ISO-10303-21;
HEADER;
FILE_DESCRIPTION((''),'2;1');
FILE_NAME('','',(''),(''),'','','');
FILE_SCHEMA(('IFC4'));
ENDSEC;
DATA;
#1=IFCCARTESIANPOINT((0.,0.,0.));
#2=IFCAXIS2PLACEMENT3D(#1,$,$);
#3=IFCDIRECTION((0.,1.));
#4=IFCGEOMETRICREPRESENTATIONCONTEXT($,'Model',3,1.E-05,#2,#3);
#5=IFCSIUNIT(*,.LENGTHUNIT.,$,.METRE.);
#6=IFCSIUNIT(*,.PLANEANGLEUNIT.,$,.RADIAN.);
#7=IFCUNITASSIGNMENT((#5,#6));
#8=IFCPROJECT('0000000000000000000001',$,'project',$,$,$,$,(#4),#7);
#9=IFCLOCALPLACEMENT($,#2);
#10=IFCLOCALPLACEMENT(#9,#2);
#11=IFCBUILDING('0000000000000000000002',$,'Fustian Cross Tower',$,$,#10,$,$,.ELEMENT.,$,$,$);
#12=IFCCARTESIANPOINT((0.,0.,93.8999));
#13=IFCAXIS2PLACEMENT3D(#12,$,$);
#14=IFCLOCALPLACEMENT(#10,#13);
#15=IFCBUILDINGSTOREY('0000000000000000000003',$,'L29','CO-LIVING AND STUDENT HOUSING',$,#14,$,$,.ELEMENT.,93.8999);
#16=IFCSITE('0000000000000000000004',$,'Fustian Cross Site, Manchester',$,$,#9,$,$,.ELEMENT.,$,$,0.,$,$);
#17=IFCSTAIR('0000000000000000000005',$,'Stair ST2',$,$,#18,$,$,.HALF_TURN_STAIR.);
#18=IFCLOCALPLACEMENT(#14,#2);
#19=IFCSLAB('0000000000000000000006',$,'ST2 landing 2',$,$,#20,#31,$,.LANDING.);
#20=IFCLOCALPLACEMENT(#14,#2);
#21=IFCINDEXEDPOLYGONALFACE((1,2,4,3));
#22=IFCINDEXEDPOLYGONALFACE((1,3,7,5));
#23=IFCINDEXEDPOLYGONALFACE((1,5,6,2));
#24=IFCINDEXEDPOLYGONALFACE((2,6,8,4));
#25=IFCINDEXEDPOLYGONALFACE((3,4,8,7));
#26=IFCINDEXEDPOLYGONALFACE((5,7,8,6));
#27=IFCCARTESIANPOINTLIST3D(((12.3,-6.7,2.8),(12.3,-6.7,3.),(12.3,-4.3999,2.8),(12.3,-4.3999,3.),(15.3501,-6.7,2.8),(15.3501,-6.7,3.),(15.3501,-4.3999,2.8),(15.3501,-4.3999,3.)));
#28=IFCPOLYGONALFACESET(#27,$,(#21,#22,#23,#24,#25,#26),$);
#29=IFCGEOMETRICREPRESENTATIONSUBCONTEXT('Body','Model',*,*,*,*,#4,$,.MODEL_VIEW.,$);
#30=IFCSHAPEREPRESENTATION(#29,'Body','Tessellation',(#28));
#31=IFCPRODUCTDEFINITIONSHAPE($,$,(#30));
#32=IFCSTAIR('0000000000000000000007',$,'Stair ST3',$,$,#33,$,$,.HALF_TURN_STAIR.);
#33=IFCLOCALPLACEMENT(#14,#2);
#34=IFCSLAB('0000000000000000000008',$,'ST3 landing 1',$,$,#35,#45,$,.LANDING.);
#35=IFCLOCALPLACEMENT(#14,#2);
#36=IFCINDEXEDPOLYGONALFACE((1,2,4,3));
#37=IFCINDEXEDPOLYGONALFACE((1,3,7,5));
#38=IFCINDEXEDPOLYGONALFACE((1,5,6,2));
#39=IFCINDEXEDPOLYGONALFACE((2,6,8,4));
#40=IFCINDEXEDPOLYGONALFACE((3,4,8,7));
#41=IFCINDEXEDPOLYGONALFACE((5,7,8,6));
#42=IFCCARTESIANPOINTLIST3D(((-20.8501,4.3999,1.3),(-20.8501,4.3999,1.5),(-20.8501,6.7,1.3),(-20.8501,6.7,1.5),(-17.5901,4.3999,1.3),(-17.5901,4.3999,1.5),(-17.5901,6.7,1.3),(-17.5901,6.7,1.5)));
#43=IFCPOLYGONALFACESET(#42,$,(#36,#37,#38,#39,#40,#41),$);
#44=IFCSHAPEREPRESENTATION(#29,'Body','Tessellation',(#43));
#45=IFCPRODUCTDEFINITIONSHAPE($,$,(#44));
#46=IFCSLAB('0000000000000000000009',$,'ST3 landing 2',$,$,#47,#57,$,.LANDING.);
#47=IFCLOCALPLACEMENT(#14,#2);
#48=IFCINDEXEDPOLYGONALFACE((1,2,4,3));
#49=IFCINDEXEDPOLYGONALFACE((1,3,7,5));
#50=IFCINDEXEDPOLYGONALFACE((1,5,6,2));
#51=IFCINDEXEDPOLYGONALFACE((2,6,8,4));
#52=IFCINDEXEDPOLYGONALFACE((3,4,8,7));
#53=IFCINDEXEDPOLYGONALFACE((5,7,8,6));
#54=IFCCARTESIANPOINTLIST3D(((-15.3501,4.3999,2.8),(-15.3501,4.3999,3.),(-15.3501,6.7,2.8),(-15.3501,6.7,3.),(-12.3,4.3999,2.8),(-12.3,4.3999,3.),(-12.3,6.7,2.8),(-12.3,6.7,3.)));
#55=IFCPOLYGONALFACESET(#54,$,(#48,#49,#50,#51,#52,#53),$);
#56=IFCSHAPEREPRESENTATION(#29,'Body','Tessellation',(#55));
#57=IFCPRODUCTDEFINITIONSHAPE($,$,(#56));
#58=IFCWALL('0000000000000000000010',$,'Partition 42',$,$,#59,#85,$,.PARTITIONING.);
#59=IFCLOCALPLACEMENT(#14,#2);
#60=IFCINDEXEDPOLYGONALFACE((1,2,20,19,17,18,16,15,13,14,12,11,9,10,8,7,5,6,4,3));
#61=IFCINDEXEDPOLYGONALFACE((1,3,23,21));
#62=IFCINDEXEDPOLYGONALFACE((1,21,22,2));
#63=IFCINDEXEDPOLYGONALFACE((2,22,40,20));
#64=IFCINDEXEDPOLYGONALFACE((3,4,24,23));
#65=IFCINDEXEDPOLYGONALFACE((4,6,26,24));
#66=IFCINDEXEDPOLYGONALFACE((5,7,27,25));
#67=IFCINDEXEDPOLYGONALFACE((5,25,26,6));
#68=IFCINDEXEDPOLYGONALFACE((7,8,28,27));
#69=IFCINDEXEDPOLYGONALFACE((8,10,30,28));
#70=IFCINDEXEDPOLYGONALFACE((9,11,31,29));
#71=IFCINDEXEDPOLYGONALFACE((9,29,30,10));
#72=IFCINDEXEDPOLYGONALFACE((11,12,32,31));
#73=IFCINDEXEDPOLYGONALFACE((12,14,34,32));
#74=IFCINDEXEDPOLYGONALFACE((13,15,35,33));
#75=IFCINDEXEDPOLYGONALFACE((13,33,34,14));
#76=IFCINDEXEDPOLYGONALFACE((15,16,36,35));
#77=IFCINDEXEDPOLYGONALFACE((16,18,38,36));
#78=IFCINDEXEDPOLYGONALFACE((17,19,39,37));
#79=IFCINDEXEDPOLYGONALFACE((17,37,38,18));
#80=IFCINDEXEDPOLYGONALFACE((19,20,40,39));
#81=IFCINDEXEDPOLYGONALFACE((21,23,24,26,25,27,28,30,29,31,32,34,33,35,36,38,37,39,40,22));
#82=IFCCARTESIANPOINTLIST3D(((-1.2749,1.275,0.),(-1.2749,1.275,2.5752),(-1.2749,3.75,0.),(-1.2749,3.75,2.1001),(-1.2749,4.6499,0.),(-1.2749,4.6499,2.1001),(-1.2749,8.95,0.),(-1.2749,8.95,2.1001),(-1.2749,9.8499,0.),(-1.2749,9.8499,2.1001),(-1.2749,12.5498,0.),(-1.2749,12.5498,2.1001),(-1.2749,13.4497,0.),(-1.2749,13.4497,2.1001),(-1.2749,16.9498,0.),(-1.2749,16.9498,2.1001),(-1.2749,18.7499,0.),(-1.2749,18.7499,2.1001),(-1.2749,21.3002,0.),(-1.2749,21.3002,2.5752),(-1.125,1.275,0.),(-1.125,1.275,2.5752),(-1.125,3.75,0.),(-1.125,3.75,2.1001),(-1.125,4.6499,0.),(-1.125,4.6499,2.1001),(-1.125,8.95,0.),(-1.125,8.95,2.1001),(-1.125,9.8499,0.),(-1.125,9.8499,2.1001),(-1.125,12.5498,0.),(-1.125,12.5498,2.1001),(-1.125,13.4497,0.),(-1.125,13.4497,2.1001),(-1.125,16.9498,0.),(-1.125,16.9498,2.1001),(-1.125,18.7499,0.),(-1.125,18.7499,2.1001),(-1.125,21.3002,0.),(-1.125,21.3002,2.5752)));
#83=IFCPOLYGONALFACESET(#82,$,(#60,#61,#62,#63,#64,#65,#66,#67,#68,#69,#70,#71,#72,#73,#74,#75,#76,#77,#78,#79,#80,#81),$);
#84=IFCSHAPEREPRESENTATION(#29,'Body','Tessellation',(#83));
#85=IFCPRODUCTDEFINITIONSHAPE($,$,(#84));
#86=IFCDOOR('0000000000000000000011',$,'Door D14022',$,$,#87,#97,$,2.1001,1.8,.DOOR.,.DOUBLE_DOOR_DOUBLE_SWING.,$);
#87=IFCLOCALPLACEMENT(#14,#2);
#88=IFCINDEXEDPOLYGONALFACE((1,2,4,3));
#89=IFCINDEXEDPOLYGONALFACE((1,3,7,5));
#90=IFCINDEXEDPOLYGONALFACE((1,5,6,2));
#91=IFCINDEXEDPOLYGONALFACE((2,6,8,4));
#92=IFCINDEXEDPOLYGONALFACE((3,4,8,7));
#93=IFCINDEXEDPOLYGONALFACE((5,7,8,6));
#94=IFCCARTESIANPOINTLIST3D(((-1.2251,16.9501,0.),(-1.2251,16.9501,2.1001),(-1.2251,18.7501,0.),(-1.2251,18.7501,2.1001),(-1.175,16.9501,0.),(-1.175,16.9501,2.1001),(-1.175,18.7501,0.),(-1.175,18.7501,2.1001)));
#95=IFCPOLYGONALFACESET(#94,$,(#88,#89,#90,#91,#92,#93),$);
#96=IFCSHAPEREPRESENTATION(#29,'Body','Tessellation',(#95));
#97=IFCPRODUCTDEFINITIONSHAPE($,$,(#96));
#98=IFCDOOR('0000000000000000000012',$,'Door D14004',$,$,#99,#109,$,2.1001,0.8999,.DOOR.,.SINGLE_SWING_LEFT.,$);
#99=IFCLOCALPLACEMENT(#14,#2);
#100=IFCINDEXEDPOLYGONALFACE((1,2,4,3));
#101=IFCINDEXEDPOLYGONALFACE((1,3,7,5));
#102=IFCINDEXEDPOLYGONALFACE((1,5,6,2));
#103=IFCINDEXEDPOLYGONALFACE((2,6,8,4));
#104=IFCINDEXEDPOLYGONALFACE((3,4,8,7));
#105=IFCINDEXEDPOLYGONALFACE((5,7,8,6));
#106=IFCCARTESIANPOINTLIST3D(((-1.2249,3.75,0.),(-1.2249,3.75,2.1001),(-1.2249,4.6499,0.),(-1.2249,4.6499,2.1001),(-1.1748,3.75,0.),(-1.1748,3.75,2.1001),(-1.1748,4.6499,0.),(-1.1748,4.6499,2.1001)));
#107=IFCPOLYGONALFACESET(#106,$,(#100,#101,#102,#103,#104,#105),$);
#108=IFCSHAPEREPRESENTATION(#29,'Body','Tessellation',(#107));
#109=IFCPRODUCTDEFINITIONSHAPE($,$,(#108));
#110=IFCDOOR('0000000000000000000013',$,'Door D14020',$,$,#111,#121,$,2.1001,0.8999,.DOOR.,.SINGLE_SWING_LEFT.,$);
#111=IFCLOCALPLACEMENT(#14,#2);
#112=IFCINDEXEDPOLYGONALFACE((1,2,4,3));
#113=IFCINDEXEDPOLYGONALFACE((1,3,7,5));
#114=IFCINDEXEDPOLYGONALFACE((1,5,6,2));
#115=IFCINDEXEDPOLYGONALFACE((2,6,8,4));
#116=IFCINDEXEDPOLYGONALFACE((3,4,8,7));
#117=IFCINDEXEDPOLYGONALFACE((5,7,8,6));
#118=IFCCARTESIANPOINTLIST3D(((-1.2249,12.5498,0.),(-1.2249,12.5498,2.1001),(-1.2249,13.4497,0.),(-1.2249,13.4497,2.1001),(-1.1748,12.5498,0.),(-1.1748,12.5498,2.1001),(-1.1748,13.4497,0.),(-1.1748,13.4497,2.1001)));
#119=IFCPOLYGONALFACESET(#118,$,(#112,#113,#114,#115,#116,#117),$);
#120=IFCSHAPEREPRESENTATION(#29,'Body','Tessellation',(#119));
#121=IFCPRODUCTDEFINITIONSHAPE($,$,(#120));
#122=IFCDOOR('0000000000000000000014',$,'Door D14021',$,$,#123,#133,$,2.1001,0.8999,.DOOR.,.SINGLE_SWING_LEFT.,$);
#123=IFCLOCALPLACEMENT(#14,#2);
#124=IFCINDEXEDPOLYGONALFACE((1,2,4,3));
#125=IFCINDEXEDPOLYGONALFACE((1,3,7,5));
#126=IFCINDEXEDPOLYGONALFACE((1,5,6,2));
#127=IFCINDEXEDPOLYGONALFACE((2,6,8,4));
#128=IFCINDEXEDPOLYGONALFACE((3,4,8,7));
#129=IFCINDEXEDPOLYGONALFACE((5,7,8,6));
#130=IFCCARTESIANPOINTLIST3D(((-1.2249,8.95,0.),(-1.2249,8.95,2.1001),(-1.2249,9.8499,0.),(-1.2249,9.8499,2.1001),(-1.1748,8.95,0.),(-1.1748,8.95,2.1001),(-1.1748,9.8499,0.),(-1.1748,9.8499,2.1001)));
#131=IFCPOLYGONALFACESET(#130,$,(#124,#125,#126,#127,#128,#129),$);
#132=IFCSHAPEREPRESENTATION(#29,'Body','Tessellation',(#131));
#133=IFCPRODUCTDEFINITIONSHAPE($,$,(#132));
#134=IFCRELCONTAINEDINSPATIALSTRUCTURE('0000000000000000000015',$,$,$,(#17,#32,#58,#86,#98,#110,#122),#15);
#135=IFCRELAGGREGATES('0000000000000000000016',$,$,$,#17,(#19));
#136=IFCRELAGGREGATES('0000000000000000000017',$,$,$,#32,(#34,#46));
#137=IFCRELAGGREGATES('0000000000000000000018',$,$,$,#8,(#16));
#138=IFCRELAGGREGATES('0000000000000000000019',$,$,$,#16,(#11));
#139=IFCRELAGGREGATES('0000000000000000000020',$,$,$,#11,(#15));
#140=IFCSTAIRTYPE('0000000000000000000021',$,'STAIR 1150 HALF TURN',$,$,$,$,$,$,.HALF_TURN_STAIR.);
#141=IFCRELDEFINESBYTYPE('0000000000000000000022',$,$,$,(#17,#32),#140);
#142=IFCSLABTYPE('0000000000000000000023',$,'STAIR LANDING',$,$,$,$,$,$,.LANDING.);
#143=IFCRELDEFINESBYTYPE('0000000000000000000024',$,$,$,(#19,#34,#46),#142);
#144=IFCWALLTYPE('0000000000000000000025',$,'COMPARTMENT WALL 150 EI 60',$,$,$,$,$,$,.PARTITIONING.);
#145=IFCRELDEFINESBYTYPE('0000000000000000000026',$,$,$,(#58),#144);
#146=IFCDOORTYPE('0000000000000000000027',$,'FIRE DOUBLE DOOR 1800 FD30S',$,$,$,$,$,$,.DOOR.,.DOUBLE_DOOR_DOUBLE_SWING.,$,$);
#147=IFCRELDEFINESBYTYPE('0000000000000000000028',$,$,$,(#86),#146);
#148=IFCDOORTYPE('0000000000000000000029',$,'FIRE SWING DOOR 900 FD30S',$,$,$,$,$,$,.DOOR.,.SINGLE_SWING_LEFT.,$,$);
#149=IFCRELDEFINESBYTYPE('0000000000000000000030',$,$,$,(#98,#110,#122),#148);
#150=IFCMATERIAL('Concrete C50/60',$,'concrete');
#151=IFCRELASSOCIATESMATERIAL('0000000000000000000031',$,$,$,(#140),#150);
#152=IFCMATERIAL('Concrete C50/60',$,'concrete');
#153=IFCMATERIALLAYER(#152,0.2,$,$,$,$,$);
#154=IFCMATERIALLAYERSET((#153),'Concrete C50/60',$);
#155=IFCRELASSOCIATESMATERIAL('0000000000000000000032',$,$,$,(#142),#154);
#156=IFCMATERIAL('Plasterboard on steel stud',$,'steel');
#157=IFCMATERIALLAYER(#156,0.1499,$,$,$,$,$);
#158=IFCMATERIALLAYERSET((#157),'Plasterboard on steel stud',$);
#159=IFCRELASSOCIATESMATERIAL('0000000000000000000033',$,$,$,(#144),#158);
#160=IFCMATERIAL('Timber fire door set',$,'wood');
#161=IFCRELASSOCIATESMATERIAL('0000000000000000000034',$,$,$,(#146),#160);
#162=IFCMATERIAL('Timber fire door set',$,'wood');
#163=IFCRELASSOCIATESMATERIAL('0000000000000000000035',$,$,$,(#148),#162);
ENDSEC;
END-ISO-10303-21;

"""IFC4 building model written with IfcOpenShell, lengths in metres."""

from ifc_helpers import new_model, si_unit, direction, frame, frame_2d, origin, place, context, subcontext, project, spatial, polyline, rectangle, outline, extrude, material, layer, layer_set, type_object, element, fill, aggregate, save


model = new_model("IFC4")

# Units and contexts
model_context = context("Model", 3, precision=1e-05, world=origin(), true_north=direction((0.0, 1.0)))
body_context = subcontext(model_context, "Body", "Model", "MODEL_VIEW")
ifc_project = project(units=[si_unit("LENGTHUNIT", "METRE"), si_unit("PLANEANGLEUNIT", "RADIAN")], contexts=[model_context])

# Site, building, storey
site_placement = place(None, origin())
site = spatial("IfcSite", under=ifc_project, at=site_placement, Name="Fustian Cross Site, Manchester", CompositionType="ELEMENT", RefElevation=0.0)
building_placement = place(site_placement, origin())
building = spatial("IfcBuilding", under=site, at=building_placement, Name="Fustian Cross Tower", CompositionType="ELEMENT")
storey_placement = place(building_placement, frame((0.0, 0.0, 93.8999)))
storey = spatial("IfcBuildingStorey", under=building, at=storey_placement, Name="L29", Description="CO-LIVING AND STUDENT HOUSING", CompositionType="ELEMENT", Elevation=93.8999)

# Stairs, slabs
ifc_material_1 = material(Name="Concrete C50/60", Category="concrete")
stair_type = type_object("IfcStairType", Name="STAIR 1150 HALF TURN", PredefinedType="HALF_TURN_STAIR", material=ifc_material_1)
ifc_material_2 = material(Name="Concrete C50/60", Category="concrete")
ifc_layer_1 = layer(ifc_material_2, 0.2)
ifc_layer_set_1 = layer_set([ifc_layer_1], Name="Concrete C50/60")
slab_type_1 = type_object("IfcSlabType", Name="STAIR LANDING", PredefinedType="LANDING", material=ifc_layer_set_1)
stair_1_placement = place(storey_placement, origin())
stair_1 = element("IfcStair", 1, at=stair_1_placement, inside=storey, type_object=stair_type, Name="Stair ST2", PredefinedType="HALF_TURN_STAIR")
slab_1_placement = place(storey_placement, frame((0.0, 0.0, 2.8)))
slab_1 = element("IfcSlab", 2, at=slab_1_placement, type_object=slab_type_1, Name="ST2 landing 2", PredefinedType="LANDING", context=body_context, shape_type="SweptSolid", body=[
    extrude(outline(polyline([(12.3, -4.3999), (15.3501, -4.3999), (15.3501, -6.7), (12.3, -6.7), (12.3, -4.3999)])), origin(), (0.0, 0.0, 1.0), 0.2),
])
aggregate(stair_1, [slab_1])
stair_2_placement = place(storey_placement, origin())
stair_2 = element("IfcStair", 3, at=stair_2_placement, inside=storey, type_object=stair_type, Name="Stair ST3", PredefinedType="HALF_TURN_STAIR")
slab_2_placement = place(storey_placement, frame((0.0, 0.0, 1.3)))
slab_2 = element("IfcSlab", 4, at=slab_2_placement, type_object=slab_type_1, Name="ST3 landing 1", PredefinedType="LANDING", context=body_context, shape_type="SweptSolid", body=[
    extrude(outline(polyline([(-17.5901, 4.3999), (-20.8501, 4.3999), (-20.8501, 6.7), (-17.5901, 6.7), (-17.5901, 4.3999)])), origin(), (0.0, 0.0, 1.0), 0.2),
])
slab_3_placement = place(storey_placement, frame((0.0, 0.0, 2.8)))
slab_3 = element("IfcSlab", 5, at=slab_3_placement, type_object=slab_type_1, Name="ST3 landing 2", PredefinedType="LANDING", context=body_context, shape_type="SweptSolid", body=[
    extrude(outline(polyline([(-12.3, 4.3999), (-15.3501, 4.3999), (-15.3501, 6.7), (-12.3, 6.7), (-12.3, 4.3999)])), origin(), (0.0, 0.0, 1.0), 0.2),
])
aggregate(stair_2, [slab_2, slab_3])

# Wall, openings, doors
ifc_material_3 = material(Name="Plasterboard on steel stud", Category="steel")
ifc_layer_2 = layer(ifc_material_3, 0.1499)
ifc_layer_set_2 = layer_set([ifc_layer_2], Name="Plasterboard on steel stud")
wall_type = type_object("IfcWallType", Name="COMPARTMENT WALL 150 EI 60", PredefinedType="PARTITIONING", material=ifc_layer_set_2)
wall_placement = place(storey_placement, frame((-1.2, 1.2749, 0.0), z_axis=(0.0, 0.0, 1.0), x_axis=(0.0, 1.0, 0.0)))
wall = element("IfcWall", 6, at=wall_placement, inside=storey, type_object=wall_type, Name="Partition 42", PredefinedType="PARTITIONING", context=body_context, shape_type="SweptSolid", body=[
    extrude(rectangle(XDim=20.0251, YDim=0.1499, at=frame_2d((10.0127, 0.0))), origin(), (0.0, 0.0, 1.0), 2.5752),
])
opening_1_placement = place(wall_placement, frame((2.4751, 0.0, 0.0)))
opening_1 = element("IfcOpeningElement", 7, at=opening_1_placement, cuts=wall, PredefinedType="OPENING", context=body_context, shape_type="SweptSolid", body=[
    extrude(rectangle(XDim=0.8999, YDim=2.1001, at=frame_2d((0.45, 1.05))), frame((0.0, 0.085, 0.0), z_axis=(0.0, -1.0, 0.0), x_axis=(1.0, 0.0, 0.0)), (0.0, 0.0, 1.0), 0.1699),
])
opening_2_placement = place(wall_placement, frame((11.2749, 0.0, 0.0)))
opening_2 = element("IfcOpeningElement", 8, at=opening_2_placement, cuts=wall, PredefinedType="OPENING", context=body_context, shape_type="SweptSolid", body=[
    extrude(rectangle(XDim=0.8999, YDim=2.1001, at=frame_2d((0.45, 1.05))), frame((0.0, 0.085, 0.0), z_axis=(0.0, -1.0, 0.0), x_axis=(1.0, 0.0, 0.0)), (0.0, 0.0, 1.0), 0.1699),
])
opening_3_placement = place(wall_placement, frame((7.675, 0.0, 0.0)))
opening_3 = element("IfcOpeningElement", 9, at=opening_3_placement, cuts=wall, PredefinedType="OPENING", context=body_context, shape_type="SweptSolid", body=[
    extrude(rectangle(XDim=0.8999, YDim=2.1001, at=frame_2d((0.45, 1.05))), frame((0.0, 0.085, 0.0), z_axis=(0.0, -1.0, 0.0), x_axis=(1.0, 0.0, 0.0)), (0.0, 0.0, 1.0), 0.1699),
])
opening_4_placement = place(wall_placement, frame((15.675, 0.0, 0.0)))
opening_4 = element("IfcOpeningElement", 10, at=opening_4_placement, cuts=wall, PredefinedType="OPENING", context=body_context, shape_type="SweptSolid", body=[
    extrude(rectangle(XDim=1.8, YDim=2.1001, at=frame_2d((0.8999, 1.05))), frame((0.0, 0.085, 0.0), z_axis=(0.0, -1.0, 0.0), x_axis=(1.0, 0.0, 0.0)), (0.0, 0.0, 1.0), 0.1699),
])
ifc_material_4 = material(Name="Timber fire door set", Category="wood")
door_type_1 = type_object("IfcDoorType", Name="FIRE DOUBLE DOOR 1800 FD30S", OperationType="DOUBLE_DOOR_DOUBLE_SWING", PredefinedType="DOOR", material=ifc_material_4)
door_1_placement = place(opening_4_placement, frame((1.8, 0.0, 0.0), z_axis=(0.0, 0.0, 1.0), x_axis=(-1.0, 0.0, 0.0)))
door_1 = element("IfcDoor", 11, at=door_1_placement, inside=storey, type_object=door_type_1, Name="Door D14022", OperationType="DOUBLE_DOOR_DOUBLE_SWING", OverallHeight=2.1001, OverallWidth=1.8, PredefinedType="DOOR", context=body_context, shape_type="SweptSolid", body=[
    extrude(rectangle(XDim=1.8, YDim=2.1001, at=frame_2d((0.8999, 1.05))), frame((0.0, 0.0249, 0.0), z_axis=(0.0, -1.0, 0.0), x_axis=(1.0, 0.0, 0.0)), (0.0, 0.0, 1.0), 0.05),
])
fill(opening_4, door_1)
ifc_material_5 = material(Name="Timber fire door set", Category="wood")
door_type_2 = type_object("IfcDoorType", Name="FIRE SWING DOOR 900 FD30S", OperationType="SINGLE_SWING_LEFT", PredefinedType="DOOR", material=ifc_material_5)
door_2_placement = place(opening_1_placement, origin())
door_2 = element("IfcDoor", 12, at=door_2_placement, inside=storey, type_object=door_type_2, Name="Door D14004", OperationType="SINGLE_SWING_LEFT", OverallHeight=2.1001, OverallWidth=0.8999, PredefinedType="DOOR", context=body_context, shape_type="SweptSolid", body=[
    extrude(rectangle(XDim=0.8999, YDim=2.1001, at=frame_2d((0.45, 1.05))), frame((0.0, 0.0249, 0.0), z_axis=(0.0, -1.0, 0.0), x_axis=(1.0, 0.0, 0.0)), (0.0, 0.0, 1.0), 0.05),
])
fill(opening_1, door_2)
door_3_placement = place(opening_2_placement, origin())
door_3 = element("IfcDoor", 13, at=door_3_placement, inside=storey, type_object=door_type_2, Name="Door D14020", OperationType="SINGLE_SWING_LEFT", OverallHeight=2.1001, OverallWidth=0.8999, PredefinedType="DOOR", context=body_context, shape_type="SweptSolid", body=[
    extrude(rectangle(XDim=0.8999, YDim=2.1001, at=frame_2d((0.45, 1.05))), frame((0.0, 0.0249, 0.0), z_axis=(0.0, -1.0, 0.0), x_axis=(1.0, 0.0, 0.0)), (0.0, 0.0, 1.0), 0.05),
])
fill(opening_2, door_3)
door_4_placement = place(opening_3_placement, origin())
door_4 = element("IfcDoor", 14, at=door_4_placement, inside=storey, type_object=door_type_2, Name="Door D14021", OperationType="SINGLE_SWING_LEFT", OverallHeight=2.1001, OverallWidth=0.8999, PredefinedType="DOOR", context=body_context, shape_type="SweptSolid", body=[
    extrude(rectangle(XDim=0.8999, YDim=2.1001, at=frame_2d((0.45, 1.05))), frame((0.0, 0.0249, 0.0), z_axis=(0.0, -1.0, 0.0), x_axis=(1.0, 0.0, 0.0)), (0.0, 0.0, 1.0), 0.05),
])
fill(opening_3, door_4)

save(model, "model.ifc")
